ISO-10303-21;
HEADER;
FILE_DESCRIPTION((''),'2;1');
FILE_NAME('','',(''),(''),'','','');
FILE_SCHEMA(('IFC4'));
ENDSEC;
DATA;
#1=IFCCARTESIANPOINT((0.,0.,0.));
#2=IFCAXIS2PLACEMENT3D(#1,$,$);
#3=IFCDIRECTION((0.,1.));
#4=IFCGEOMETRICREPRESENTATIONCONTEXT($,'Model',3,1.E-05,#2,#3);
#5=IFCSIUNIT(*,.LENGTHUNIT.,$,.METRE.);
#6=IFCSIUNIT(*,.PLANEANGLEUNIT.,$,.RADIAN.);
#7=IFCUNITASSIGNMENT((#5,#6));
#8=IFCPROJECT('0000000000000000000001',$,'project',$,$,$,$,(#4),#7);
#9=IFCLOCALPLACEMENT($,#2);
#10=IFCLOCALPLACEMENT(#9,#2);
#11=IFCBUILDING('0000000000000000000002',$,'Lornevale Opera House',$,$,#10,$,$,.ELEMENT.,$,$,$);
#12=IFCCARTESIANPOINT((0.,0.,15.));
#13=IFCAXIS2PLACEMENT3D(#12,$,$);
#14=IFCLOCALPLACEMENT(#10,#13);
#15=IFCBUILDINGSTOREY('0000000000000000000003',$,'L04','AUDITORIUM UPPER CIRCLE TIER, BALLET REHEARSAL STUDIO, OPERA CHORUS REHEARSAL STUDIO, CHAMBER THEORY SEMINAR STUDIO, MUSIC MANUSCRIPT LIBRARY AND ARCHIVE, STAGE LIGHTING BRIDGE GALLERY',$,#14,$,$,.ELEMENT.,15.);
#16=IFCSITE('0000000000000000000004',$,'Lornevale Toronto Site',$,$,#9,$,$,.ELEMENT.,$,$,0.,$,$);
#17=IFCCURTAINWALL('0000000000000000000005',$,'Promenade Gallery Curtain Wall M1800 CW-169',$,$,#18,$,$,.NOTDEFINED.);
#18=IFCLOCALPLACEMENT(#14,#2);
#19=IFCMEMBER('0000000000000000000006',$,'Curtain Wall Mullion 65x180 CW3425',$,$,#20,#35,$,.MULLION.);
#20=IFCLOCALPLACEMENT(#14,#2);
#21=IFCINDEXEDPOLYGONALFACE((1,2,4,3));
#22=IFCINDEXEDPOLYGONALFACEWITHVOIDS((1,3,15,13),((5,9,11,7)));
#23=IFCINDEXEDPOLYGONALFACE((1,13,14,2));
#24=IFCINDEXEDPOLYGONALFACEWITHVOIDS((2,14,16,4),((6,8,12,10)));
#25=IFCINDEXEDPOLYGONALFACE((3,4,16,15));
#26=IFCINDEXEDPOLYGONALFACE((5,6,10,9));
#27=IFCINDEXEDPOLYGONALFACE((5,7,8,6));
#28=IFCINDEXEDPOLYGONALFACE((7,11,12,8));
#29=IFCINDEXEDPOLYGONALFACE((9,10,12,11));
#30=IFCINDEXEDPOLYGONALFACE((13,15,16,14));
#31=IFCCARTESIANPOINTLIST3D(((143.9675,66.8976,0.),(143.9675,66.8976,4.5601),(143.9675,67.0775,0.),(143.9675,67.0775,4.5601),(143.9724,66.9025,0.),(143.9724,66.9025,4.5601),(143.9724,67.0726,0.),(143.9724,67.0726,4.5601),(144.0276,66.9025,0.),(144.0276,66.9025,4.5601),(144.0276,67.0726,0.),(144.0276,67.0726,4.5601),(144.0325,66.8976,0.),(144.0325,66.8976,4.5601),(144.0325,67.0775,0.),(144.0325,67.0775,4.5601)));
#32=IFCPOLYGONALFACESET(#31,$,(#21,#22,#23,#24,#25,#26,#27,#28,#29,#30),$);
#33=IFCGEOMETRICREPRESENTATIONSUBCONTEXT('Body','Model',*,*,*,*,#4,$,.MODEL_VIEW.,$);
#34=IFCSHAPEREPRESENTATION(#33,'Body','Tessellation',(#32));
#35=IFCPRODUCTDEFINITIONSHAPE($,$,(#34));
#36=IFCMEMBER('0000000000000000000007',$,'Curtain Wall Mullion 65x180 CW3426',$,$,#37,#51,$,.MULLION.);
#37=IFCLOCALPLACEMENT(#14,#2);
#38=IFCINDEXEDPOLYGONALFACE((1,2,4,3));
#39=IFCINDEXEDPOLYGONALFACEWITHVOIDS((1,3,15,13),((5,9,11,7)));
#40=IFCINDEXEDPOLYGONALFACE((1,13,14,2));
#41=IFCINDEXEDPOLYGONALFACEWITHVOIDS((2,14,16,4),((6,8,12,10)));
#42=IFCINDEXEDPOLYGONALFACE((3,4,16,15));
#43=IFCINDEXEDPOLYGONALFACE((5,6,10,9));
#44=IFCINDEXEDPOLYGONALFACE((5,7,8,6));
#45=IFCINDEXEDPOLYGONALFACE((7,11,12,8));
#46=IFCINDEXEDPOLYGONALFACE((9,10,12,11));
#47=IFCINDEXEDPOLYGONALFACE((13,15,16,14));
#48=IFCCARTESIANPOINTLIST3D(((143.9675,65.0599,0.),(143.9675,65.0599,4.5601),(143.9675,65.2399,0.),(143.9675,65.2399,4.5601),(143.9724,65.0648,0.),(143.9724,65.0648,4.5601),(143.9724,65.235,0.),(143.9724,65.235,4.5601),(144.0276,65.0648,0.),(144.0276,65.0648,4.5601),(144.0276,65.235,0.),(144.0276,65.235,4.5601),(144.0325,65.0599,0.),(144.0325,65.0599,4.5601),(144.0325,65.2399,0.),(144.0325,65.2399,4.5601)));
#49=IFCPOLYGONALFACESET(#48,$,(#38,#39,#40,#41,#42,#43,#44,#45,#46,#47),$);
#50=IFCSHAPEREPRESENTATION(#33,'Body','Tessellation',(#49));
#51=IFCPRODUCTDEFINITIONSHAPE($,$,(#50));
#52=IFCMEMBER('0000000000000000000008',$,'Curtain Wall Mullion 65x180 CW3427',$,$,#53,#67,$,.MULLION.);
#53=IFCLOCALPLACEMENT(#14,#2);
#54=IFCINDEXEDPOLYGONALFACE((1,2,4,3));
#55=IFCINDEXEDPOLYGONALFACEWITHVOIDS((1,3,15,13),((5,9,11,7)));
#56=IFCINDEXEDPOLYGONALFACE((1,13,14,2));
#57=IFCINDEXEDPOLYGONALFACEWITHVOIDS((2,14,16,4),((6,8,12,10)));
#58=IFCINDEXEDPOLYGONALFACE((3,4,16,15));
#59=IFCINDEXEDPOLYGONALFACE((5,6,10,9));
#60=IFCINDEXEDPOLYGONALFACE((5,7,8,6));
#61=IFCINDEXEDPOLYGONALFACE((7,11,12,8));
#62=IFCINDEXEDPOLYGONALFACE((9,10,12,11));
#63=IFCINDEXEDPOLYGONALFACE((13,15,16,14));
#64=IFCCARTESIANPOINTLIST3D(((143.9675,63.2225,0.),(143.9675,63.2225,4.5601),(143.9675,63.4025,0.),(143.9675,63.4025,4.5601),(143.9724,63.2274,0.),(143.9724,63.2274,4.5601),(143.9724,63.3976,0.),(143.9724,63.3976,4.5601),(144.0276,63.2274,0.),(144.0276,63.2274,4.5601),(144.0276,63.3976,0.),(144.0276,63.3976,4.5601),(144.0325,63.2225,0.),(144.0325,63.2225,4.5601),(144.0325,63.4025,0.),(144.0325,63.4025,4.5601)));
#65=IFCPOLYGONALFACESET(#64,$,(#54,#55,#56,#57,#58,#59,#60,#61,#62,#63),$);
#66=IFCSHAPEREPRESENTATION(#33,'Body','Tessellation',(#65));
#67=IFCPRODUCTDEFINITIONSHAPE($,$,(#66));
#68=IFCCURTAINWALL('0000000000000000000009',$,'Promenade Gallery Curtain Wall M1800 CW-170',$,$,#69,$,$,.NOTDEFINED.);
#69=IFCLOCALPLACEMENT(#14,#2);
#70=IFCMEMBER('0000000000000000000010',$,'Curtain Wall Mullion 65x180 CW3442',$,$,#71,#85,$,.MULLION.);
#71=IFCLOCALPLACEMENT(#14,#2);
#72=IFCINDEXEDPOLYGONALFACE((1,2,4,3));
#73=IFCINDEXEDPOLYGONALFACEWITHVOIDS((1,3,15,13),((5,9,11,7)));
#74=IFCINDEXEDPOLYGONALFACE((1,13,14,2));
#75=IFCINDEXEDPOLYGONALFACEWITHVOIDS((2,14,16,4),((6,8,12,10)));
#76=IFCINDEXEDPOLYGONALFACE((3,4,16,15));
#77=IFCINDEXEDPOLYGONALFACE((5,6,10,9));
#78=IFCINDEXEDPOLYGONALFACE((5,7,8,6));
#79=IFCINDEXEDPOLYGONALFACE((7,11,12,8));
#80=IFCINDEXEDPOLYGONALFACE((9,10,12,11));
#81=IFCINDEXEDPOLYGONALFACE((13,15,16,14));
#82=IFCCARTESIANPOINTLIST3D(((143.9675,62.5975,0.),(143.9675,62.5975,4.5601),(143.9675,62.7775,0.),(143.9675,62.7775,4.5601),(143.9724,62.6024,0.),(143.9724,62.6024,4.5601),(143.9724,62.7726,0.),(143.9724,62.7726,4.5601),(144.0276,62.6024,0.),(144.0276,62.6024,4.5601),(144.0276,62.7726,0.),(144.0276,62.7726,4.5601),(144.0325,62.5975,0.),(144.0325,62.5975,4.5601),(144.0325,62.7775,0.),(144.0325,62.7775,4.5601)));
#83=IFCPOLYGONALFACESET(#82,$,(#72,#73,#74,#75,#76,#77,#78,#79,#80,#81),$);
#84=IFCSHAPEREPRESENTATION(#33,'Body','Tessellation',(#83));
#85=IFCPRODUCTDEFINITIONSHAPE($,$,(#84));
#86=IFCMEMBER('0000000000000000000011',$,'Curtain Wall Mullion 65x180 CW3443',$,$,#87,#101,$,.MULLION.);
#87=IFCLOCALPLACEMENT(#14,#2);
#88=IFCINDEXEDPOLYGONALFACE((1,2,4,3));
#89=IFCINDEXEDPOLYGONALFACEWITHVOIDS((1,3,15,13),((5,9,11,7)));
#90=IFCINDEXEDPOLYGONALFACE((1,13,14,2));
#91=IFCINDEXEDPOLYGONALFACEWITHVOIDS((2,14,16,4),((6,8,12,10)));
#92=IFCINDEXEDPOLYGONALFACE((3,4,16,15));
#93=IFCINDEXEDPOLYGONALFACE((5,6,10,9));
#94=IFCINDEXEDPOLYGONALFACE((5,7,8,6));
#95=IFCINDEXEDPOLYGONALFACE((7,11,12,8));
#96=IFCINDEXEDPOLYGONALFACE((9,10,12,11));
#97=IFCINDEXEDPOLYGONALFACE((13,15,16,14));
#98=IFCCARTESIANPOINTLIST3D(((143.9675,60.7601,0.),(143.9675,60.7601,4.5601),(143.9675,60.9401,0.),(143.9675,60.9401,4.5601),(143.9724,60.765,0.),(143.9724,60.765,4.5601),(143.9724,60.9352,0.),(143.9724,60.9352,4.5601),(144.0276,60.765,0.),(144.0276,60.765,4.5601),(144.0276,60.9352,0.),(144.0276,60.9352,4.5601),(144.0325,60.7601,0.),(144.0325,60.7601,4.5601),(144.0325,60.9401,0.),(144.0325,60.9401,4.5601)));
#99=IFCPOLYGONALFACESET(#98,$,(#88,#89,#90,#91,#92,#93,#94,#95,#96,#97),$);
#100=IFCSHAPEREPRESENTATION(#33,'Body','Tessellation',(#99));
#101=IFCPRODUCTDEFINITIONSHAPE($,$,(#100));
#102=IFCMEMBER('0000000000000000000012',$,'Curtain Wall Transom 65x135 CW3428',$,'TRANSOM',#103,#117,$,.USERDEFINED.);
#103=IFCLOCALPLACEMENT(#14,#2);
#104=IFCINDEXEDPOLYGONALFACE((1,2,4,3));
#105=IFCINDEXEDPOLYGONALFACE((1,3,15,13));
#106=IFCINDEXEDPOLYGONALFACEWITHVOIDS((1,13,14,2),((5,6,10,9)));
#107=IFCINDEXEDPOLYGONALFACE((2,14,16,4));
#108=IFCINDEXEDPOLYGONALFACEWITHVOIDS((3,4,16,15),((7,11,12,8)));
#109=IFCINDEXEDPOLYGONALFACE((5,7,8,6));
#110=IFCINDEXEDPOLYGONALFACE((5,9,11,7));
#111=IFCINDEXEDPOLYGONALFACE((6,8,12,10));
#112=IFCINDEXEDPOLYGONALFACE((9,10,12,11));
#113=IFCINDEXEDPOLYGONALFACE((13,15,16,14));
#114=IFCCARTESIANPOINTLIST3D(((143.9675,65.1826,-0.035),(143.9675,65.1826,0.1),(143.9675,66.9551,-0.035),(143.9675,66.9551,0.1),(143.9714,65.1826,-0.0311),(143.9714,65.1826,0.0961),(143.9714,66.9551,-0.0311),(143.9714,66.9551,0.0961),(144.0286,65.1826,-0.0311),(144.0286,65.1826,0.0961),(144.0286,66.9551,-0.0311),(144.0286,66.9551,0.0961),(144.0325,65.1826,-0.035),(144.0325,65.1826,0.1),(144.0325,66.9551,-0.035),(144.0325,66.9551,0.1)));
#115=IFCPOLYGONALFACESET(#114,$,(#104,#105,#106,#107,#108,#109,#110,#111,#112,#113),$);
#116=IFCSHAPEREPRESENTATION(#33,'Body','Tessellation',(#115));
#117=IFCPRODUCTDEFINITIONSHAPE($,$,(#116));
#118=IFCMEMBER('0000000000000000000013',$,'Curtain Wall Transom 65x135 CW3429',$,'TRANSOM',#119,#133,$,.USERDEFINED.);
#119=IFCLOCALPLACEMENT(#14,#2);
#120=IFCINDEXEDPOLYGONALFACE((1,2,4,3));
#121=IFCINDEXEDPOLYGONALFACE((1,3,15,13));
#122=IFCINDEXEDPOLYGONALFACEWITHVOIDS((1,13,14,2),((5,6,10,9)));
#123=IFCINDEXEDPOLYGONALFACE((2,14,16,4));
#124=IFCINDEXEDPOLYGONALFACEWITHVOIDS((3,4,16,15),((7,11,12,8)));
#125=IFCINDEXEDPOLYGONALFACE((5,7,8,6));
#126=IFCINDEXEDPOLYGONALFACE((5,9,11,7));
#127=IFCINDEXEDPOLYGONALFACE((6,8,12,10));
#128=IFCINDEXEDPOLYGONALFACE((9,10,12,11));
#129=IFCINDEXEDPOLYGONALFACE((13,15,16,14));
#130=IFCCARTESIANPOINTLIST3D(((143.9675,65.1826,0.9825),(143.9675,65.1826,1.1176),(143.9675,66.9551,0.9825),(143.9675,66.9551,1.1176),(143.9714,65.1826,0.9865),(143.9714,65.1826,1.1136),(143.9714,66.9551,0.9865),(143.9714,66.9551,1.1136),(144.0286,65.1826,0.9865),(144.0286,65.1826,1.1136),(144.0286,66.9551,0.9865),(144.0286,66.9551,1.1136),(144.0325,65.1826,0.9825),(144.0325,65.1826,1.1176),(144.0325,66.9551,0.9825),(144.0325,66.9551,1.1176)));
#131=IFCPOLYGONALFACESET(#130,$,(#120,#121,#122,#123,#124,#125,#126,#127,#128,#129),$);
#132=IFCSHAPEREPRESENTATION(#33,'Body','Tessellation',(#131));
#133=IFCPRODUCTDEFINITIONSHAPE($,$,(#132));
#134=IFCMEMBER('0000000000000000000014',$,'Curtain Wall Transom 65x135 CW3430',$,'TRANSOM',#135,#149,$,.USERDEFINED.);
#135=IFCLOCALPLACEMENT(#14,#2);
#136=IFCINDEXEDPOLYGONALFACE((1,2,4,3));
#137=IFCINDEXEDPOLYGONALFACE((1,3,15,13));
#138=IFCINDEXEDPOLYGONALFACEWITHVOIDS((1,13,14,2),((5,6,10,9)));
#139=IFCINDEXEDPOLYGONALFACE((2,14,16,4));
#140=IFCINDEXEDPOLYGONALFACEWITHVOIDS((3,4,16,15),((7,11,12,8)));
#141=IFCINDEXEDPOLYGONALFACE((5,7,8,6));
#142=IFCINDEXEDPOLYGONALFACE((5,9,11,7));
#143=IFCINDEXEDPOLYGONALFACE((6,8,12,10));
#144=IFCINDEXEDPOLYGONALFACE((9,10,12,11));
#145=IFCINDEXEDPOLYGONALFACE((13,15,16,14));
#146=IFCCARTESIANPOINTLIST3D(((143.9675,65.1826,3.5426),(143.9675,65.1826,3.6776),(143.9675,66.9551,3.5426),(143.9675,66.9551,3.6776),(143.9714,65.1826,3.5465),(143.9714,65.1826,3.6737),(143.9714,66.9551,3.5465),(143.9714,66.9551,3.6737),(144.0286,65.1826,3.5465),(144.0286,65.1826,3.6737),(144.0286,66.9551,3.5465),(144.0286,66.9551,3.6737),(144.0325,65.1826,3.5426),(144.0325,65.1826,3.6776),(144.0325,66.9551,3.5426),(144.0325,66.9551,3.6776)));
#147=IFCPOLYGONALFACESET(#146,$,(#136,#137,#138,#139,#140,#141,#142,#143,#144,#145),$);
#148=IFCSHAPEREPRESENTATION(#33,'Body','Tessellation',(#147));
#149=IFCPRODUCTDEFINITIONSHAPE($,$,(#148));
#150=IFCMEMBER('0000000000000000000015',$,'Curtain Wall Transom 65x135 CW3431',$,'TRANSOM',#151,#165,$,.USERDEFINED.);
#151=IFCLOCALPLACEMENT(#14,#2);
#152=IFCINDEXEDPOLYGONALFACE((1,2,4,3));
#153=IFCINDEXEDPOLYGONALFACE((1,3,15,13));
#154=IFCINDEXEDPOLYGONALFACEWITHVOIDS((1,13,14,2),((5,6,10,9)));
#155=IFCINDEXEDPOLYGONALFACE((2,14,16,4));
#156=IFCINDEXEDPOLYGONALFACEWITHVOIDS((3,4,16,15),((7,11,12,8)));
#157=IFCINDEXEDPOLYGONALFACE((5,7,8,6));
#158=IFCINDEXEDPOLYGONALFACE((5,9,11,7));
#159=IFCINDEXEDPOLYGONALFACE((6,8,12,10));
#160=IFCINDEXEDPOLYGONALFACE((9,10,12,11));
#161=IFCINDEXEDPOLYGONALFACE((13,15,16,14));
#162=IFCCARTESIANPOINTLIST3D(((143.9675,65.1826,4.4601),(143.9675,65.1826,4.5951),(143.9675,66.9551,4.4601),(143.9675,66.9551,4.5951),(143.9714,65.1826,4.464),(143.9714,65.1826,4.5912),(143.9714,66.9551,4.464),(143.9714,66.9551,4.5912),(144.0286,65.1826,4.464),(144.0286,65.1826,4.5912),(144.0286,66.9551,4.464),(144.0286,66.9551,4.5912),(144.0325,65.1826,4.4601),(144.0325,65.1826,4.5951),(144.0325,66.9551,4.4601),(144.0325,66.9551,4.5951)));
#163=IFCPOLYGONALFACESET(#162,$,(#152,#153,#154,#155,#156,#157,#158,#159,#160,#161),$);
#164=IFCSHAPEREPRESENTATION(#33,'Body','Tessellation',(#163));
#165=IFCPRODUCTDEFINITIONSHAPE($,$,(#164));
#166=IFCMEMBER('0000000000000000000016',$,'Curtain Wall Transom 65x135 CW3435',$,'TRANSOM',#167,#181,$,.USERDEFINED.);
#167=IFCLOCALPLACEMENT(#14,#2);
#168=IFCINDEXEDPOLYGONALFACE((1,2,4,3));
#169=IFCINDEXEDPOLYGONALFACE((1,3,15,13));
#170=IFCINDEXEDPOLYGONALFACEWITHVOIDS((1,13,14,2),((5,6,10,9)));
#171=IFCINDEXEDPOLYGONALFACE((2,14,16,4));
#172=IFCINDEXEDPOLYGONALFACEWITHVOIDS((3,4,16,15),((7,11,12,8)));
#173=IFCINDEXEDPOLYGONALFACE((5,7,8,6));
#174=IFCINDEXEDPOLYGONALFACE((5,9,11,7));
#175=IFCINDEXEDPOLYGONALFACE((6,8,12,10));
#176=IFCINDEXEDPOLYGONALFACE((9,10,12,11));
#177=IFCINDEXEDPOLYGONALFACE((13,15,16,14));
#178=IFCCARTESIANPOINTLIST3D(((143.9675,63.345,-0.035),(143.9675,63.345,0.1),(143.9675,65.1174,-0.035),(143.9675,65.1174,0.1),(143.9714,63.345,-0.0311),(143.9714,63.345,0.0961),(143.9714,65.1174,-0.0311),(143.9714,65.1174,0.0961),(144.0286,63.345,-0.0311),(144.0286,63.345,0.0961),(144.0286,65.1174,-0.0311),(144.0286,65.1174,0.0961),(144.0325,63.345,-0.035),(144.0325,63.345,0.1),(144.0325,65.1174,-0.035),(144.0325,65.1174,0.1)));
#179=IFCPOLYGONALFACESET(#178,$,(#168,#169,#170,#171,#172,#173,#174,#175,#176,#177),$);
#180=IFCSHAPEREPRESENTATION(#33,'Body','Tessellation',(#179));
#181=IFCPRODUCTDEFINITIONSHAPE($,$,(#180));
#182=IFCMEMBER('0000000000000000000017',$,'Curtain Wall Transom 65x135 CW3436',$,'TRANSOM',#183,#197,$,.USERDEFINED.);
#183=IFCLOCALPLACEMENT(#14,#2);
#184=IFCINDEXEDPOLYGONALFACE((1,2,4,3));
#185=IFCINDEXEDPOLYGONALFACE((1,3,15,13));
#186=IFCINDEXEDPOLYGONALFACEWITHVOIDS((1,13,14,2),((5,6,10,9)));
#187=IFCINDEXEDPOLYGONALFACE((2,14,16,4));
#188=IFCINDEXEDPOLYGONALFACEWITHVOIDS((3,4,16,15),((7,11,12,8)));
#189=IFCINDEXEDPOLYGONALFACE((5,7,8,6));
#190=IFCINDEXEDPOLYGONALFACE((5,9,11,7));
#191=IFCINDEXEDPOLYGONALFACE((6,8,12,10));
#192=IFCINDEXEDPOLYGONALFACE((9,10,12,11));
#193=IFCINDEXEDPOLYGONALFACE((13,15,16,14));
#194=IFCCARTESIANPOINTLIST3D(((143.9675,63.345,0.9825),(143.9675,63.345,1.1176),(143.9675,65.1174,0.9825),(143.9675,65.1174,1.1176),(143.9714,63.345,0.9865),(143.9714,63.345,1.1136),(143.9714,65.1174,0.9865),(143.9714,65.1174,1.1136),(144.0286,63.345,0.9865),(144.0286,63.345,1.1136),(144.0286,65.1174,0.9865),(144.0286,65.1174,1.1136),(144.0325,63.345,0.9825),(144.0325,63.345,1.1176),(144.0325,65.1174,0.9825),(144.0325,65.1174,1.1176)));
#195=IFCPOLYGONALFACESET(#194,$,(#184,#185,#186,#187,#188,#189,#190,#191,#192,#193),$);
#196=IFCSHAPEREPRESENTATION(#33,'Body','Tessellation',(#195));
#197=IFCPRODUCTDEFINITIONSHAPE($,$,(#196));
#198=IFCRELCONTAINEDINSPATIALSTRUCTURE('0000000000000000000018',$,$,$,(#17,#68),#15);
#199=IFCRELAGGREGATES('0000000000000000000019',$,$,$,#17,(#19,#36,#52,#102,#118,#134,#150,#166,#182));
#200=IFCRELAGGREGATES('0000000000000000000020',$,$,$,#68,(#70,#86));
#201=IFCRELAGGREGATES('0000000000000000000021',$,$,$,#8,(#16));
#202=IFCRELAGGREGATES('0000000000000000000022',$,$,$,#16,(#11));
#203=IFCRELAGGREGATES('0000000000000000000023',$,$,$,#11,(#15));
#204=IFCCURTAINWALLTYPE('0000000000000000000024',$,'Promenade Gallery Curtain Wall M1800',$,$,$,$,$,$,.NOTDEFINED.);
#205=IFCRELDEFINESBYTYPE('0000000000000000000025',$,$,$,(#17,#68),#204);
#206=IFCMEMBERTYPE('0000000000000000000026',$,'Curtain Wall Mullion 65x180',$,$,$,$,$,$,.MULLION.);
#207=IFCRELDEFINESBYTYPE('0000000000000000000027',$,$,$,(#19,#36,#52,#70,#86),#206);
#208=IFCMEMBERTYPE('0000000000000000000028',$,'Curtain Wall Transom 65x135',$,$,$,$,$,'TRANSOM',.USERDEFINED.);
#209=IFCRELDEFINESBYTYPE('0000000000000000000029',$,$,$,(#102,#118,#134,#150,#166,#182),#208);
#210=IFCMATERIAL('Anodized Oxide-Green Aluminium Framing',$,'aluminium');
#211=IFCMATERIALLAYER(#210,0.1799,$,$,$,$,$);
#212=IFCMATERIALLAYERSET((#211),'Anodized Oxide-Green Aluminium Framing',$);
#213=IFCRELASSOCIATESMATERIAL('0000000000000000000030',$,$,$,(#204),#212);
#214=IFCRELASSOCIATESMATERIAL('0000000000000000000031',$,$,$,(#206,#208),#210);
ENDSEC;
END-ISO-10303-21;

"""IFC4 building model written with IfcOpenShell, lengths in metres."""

from ifc_helpers import new_model, si_unit, direction, frame, origin, origin_2d, place, context, subcontext, project, spatial, hollow_rectangle, extrude, material, layer, layer_set, material_profile, profile_set, type_object, element, aggregate, save


model = new_model("IFC4")

# Units and contexts
model_context = context("Model", 3, precision=1e-05, world=origin(), true_north=direction((0.0, 1.0)))
body_context = subcontext(model_context, "Body", "Model", "MODEL_VIEW")
ifc_project = project(units=[si_unit("LENGTHUNIT", "METRE"), si_unit("PLANEANGLEUNIT", "RADIAN")], contexts=[model_context])

# Site, building, storey
site_placement = place(None, origin())
site = spatial("IfcSite", under=ifc_project, at=site_placement, Name="Lornevale Toronto Site", CompositionType="ELEMENT", RefElevation=0.0)
building_placement = place(site_placement, origin())
building = spatial("IfcBuilding", under=site, at=building_placement, Name="Lornevale Opera House", CompositionType="ELEMENT")
storey_placement = place(building_placement, frame((0.0, 0.0, 15.0)))
storey = spatial("IfcBuildingStorey", under=building, at=storey_placement, Name="L04", Description="AUDITORIUM UPPER CIRCLE TIER, BALLET REHEARSAL STUDIO, OPERA CHORUS REHEARSAL STUDIO, CHAMBER THEORY SEMINAR STUDIO, MUSIC MANUSCRIPT LIBRARY AND ARCHIVE, STAGE LIGHTING BRIDGE GALLERY", CompositionType="ELEMENT", Elevation=15.0)

# Curtain walls, members
ifc_material_1 = material(Name="Anodized Oxide-Green Aluminium Framing", Category="aluminium")
ifc_layer_1 = layer(ifc_material_1, 0.1799)
ifc_layer_set_1 = layer_set([ifc_layer_1], Name="Anodized Oxide-Green Aluminium Framing")
curtain_wall_type = type_object("IfcCurtainWallType", Name="Promenade Gallery Curtain Wall M1800", PredefinedType="NOTDEFINED", material=ifc_layer_set_1)
curtain_wall_1_placement = place(storey_placement, origin())
curtain_wall_1 = element("IfcCurtainWall", 1, at=curtain_wall_1_placement, inside=storey, type_object=curtain_wall_type, Name="Promenade Gallery Curtain Wall M1800 CW-169", PredefinedType="NOTDEFINED")
ifc_material_profile_1 = material_profile(ifc_material_1, hollow_rectangle(XDim=0.0649, YDim=0.1799, WallThickness=0.0049, at=origin_2d()), Name="ALU65x180x5")
ifc_profile_set_1 = profile_set([ifc_material_profile_1], Name="Anodized Oxide-Green Aluminium Framing")
member_type_1 = type_object("IfcMemberType", Name="Curtain Wall Mullion 65x180", PredefinedType="MULLION", material=ifc_profile_set_1)
member_1_placement = place(storey_placement, frame((144.0, 66.9875, 0.0), z_axis=(0.0, 0.0, 1.0), x_axis=(1.0, 0.0, 0.0)))
member_1 = element("IfcMember", 2, at=member_1_placement, type_object=member_type_1, Name="Curtain Wall Mullion 65x180 CW3425", PredefinedType="MULLION", context=body_context, shape_type="SweptSolid", body=[
    extrude(hollow_rectangle(XDim=0.0649, YDim=0.1799, WallThickness=0.0049, at=origin_2d()), origin(), (0.0, 0.0, 1.0), 4.5601),
])
member_2_placement = place(storey_placement, frame((144.0, 65.1499, 0.0), z_axis=(0.0, 0.0, 1.0), x_axis=(1.0, 0.0, 0.0)))
member_2 = element("IfcMember", 3, at=member_2_placement, type_object=member_type_1, Name="Curtain Wall Mullion 65x180 CW3426", PredefinedType="MULLION", context=body_context, shape_type="SweptSolid", body=[
    extrude(hollow_rectangle(XDim=0.0649, YDim=0.1799, WallThickness=0.0049, at=origin_2d()), origin(), (0.0, 0.0, 1.0), 4.5601),
])
member_3_placement = place(storey_placement, frame((144.0, 63.3125, 0.0), z_axis=(0.0, 0.0, 1.0), x_axis=(1.0, 0.0, 0.0)))
member_3 = element("IfcMember", 4, at=member_3_placement, type_object=member_type_1, Name="Curtain Wall Mullion 65x180 CW3427", PredefinedType="MULLION", context=body_context, shape_type="SweptSolid", body=[
    extrude(hollow_rectangle(XDim=0.0649, YDim=0.1799, WallThickness=0.0049, at=origin_2d()), origin(), (0.0, 0.0, 1.0), 4.5601),
])
curtain_wall_2_placement = place(storey_placement, origin())
curtain_wall_2 = element("IfcCurtainWall", 5, at=curtain_wall_2_placement, inside=storey, type_object=curtain_wall_type, Name="Promenade Gallery Curtain Wall M1800 CW-170", PredefinedType="NOTDEFINED")
member_4_placement = place(storey_placement, frame((144.0, 62.6875, 0.0), z_axis=(0.0, 0.0, 1.0), x_axis=(1.0, 0.0, 0.0)))
member_4 = element("IfcMember", 6, at=member_4_placement, type_object=member_type_1, Name="Curtain Wall Mullion 65x180 CW3442", PredefinedType="MULLION", context=body_context, shape_type="SweptSolid", body=[
    extrude(hollow_rectangle(XDim=0.0649, YDim=0.1799, WallThickness=0.0049, at=origin_2d()), origin(), (0.0, 0.0, 1.0), 4.5601),
])
member_5_placement = place(storey_placement, frame((144.0, 60.8501, 0.0), z_axis=(0.0, 0.0, 1.0), x_axis=(1.0, 0.0, 0.0)))
member_5 = element("IfcMember", 7, at=member_5_placement, type_object=member_type_1, Name="Curtain Wall Mullion 65x180 CW3443", PredefinedType="MULLION", context=body_context, shape_type="SweptSolid", body=[
    extrude(hollow_rectangle(XDim=0.0649, YDim=0.1799, WallThickness=0.0049, at=origin_2d()), origin(), (0.0, 0.0, 1.0), 4.5601),
])

# Members
ifc_material_profile_2 = material_profile(ifc_material_1, hollow_rectangle(XDim=0.0649, YDim=0.135, WallThickness=0.0039, at=origin_2d()), Name="ALU65x135x4")
ifc_profile_set_2 = profile_set([ifc_material_profile_2], Name="Anodized Oxide-Green Aluminium Framing")
member_type_2 = type_object("IfcMemberType", Name="Curtain Wall Transom 65x135", ElementType="TRANSOM", PredefinedType="USERDEFINED", material=ifc_profile_set_2)
member_6_placement = place(storey_placement, frame((144.0, 66.9551, 0.0325), z_axis=(0.0, -1.0, 0.0), x_axis=(1.0, 0.0, 0.0)))
member_6 = element("IfcMember", 8, at=member_6_placement, type_object=member_type_2, Name="Curtain Wall Transom 65x135 CW3428", ObjectType="TRANSOM", PredefinedType="USERDEFINED", context=body_context, shape_type="SweptSolid", body=[
    extrude(hollow_rectangle(XDim=0.0649, YDim=0.135, WallThickness=0.0039, at=origin_2d()), origin(), (0.0, 0.0, 1.0), 1.7725),
])
member_7_placement = place(storey_placement, frame((144.0, 66.9551, 1.05), z_axis=(0.0, -1.0, 0.0), x_axis=(1.0, 0.0, 0.0)))
member_7 = element("IfcMember", 9, at=member_7_placement, type_object=member_type_2, Name="Curtain Wall Transom 65x135 CW3429", ObjectType="TRANSOM", PredefinedType="USERDEFINED", context=body_context, shape_type="SweptSolid", body=[
    extrude(hollow_rectangle(XDim=0.0649, YDim=0.135, WallThickness=0.0039, at=origin_2d()), origin(), (0.0, 0.0, 1.0), 1.7725),
])
member_8_placement = place(storey_placement, frame((144.0, 66.9551, 3.6101), z_axis=(0.0, -1.0, 0.0), x_axis=(1.0, 0.0, 0.0)))
member_8 = element("IfcMember", 10, at=member_8_placement, type_object=member_type_2, Name="Curtain Wall Transom 65x135 CW3430", ObjectType="TRANSOM", PredefinedType="USERDEFINED", context=body_context, shape_type="SweptSolid", body=[
    extrude(hollow_rectangle(XDim=0.0649, YDim=0.135, WallThickness=0.0039, at=origin_2d()), origin(), (0.0, 0.0, 1.0), 1.7725),
])
member_9_placement = place(storey_placement, frame((144.0, 66.9551, 4.5276), z_axis=(0.0, -1.0, 0.0), x_axis=(1.0, 0.0, 0.0)))
member_9 = element("IfcMember", 11, at=member_9_placement, type_object=member_type_2, Name="Curtain Wall Transom 65x135 CW3431", ObjectType="TRANSOM", PredefinedType="USERDEFINED", context=body_context, shape_type="SweptSolid", body=[
    extrude(hollow_rectangle(XDim=0.0649, YDim=0.135, WallThickness=0.0039, at=origin_2d()), origin(), (0.0, 0.0, 1.0), 1.7725),
])
member_10_placement = place(storey_placement, frame((144.0, 65.1174, 0.0325), z_axis=(0.0, -1.0, 0.0), x_axis=(1.0, 0.0, 0.0)))
member_10 = element("IfcMember", 12, at=member_10_placement, type_object=member_type_2, Name="Curtain Wall Transom 65x135 CW3435", ObjectType="TRANSOM", PredefinedType="USERDEFINED", context=body_context, shape_type="SweptSolid", body=[
    extrude(hollow_rectangle(XDim=0.0649, YDim=0.135, WallThickness=0.0039, at=origin_2d()), origin(), (0.0, 0.0, 1.0), 1.7725),
])
member_11_placement = place(storey_placement, frame((144.0, 65.1174, 1.05), z_axis=(0.0, -1.0, 0.0), x_axis=(1.0, 0.0, 0.0)))
member_11 = element("IfcMember", 13, at=member_11_placement, type_object=member_type_2, Name="Curtain Wall Transom 65x135 CW3436", ObjectType="TRANSOM", PredefinedType="USERDEFINED", context=body_context, shape_type="SweptSolid", body=[
    extrude(hollow_rectangle(XDim=0.0649, YDim=0.135, WallThickness=0.0039, at=origin_2d()), origin(), (0.0, 0.0, 1.0), 1.7725),
])

aggregate(curtain_wall_1, [member_1, member_2, member_3, member_6, member_7, member_8, member_9, member_10, member_11])
aggregate(curtain_wall_2, [member_4, member_5])

save(model, "model.ifc")
